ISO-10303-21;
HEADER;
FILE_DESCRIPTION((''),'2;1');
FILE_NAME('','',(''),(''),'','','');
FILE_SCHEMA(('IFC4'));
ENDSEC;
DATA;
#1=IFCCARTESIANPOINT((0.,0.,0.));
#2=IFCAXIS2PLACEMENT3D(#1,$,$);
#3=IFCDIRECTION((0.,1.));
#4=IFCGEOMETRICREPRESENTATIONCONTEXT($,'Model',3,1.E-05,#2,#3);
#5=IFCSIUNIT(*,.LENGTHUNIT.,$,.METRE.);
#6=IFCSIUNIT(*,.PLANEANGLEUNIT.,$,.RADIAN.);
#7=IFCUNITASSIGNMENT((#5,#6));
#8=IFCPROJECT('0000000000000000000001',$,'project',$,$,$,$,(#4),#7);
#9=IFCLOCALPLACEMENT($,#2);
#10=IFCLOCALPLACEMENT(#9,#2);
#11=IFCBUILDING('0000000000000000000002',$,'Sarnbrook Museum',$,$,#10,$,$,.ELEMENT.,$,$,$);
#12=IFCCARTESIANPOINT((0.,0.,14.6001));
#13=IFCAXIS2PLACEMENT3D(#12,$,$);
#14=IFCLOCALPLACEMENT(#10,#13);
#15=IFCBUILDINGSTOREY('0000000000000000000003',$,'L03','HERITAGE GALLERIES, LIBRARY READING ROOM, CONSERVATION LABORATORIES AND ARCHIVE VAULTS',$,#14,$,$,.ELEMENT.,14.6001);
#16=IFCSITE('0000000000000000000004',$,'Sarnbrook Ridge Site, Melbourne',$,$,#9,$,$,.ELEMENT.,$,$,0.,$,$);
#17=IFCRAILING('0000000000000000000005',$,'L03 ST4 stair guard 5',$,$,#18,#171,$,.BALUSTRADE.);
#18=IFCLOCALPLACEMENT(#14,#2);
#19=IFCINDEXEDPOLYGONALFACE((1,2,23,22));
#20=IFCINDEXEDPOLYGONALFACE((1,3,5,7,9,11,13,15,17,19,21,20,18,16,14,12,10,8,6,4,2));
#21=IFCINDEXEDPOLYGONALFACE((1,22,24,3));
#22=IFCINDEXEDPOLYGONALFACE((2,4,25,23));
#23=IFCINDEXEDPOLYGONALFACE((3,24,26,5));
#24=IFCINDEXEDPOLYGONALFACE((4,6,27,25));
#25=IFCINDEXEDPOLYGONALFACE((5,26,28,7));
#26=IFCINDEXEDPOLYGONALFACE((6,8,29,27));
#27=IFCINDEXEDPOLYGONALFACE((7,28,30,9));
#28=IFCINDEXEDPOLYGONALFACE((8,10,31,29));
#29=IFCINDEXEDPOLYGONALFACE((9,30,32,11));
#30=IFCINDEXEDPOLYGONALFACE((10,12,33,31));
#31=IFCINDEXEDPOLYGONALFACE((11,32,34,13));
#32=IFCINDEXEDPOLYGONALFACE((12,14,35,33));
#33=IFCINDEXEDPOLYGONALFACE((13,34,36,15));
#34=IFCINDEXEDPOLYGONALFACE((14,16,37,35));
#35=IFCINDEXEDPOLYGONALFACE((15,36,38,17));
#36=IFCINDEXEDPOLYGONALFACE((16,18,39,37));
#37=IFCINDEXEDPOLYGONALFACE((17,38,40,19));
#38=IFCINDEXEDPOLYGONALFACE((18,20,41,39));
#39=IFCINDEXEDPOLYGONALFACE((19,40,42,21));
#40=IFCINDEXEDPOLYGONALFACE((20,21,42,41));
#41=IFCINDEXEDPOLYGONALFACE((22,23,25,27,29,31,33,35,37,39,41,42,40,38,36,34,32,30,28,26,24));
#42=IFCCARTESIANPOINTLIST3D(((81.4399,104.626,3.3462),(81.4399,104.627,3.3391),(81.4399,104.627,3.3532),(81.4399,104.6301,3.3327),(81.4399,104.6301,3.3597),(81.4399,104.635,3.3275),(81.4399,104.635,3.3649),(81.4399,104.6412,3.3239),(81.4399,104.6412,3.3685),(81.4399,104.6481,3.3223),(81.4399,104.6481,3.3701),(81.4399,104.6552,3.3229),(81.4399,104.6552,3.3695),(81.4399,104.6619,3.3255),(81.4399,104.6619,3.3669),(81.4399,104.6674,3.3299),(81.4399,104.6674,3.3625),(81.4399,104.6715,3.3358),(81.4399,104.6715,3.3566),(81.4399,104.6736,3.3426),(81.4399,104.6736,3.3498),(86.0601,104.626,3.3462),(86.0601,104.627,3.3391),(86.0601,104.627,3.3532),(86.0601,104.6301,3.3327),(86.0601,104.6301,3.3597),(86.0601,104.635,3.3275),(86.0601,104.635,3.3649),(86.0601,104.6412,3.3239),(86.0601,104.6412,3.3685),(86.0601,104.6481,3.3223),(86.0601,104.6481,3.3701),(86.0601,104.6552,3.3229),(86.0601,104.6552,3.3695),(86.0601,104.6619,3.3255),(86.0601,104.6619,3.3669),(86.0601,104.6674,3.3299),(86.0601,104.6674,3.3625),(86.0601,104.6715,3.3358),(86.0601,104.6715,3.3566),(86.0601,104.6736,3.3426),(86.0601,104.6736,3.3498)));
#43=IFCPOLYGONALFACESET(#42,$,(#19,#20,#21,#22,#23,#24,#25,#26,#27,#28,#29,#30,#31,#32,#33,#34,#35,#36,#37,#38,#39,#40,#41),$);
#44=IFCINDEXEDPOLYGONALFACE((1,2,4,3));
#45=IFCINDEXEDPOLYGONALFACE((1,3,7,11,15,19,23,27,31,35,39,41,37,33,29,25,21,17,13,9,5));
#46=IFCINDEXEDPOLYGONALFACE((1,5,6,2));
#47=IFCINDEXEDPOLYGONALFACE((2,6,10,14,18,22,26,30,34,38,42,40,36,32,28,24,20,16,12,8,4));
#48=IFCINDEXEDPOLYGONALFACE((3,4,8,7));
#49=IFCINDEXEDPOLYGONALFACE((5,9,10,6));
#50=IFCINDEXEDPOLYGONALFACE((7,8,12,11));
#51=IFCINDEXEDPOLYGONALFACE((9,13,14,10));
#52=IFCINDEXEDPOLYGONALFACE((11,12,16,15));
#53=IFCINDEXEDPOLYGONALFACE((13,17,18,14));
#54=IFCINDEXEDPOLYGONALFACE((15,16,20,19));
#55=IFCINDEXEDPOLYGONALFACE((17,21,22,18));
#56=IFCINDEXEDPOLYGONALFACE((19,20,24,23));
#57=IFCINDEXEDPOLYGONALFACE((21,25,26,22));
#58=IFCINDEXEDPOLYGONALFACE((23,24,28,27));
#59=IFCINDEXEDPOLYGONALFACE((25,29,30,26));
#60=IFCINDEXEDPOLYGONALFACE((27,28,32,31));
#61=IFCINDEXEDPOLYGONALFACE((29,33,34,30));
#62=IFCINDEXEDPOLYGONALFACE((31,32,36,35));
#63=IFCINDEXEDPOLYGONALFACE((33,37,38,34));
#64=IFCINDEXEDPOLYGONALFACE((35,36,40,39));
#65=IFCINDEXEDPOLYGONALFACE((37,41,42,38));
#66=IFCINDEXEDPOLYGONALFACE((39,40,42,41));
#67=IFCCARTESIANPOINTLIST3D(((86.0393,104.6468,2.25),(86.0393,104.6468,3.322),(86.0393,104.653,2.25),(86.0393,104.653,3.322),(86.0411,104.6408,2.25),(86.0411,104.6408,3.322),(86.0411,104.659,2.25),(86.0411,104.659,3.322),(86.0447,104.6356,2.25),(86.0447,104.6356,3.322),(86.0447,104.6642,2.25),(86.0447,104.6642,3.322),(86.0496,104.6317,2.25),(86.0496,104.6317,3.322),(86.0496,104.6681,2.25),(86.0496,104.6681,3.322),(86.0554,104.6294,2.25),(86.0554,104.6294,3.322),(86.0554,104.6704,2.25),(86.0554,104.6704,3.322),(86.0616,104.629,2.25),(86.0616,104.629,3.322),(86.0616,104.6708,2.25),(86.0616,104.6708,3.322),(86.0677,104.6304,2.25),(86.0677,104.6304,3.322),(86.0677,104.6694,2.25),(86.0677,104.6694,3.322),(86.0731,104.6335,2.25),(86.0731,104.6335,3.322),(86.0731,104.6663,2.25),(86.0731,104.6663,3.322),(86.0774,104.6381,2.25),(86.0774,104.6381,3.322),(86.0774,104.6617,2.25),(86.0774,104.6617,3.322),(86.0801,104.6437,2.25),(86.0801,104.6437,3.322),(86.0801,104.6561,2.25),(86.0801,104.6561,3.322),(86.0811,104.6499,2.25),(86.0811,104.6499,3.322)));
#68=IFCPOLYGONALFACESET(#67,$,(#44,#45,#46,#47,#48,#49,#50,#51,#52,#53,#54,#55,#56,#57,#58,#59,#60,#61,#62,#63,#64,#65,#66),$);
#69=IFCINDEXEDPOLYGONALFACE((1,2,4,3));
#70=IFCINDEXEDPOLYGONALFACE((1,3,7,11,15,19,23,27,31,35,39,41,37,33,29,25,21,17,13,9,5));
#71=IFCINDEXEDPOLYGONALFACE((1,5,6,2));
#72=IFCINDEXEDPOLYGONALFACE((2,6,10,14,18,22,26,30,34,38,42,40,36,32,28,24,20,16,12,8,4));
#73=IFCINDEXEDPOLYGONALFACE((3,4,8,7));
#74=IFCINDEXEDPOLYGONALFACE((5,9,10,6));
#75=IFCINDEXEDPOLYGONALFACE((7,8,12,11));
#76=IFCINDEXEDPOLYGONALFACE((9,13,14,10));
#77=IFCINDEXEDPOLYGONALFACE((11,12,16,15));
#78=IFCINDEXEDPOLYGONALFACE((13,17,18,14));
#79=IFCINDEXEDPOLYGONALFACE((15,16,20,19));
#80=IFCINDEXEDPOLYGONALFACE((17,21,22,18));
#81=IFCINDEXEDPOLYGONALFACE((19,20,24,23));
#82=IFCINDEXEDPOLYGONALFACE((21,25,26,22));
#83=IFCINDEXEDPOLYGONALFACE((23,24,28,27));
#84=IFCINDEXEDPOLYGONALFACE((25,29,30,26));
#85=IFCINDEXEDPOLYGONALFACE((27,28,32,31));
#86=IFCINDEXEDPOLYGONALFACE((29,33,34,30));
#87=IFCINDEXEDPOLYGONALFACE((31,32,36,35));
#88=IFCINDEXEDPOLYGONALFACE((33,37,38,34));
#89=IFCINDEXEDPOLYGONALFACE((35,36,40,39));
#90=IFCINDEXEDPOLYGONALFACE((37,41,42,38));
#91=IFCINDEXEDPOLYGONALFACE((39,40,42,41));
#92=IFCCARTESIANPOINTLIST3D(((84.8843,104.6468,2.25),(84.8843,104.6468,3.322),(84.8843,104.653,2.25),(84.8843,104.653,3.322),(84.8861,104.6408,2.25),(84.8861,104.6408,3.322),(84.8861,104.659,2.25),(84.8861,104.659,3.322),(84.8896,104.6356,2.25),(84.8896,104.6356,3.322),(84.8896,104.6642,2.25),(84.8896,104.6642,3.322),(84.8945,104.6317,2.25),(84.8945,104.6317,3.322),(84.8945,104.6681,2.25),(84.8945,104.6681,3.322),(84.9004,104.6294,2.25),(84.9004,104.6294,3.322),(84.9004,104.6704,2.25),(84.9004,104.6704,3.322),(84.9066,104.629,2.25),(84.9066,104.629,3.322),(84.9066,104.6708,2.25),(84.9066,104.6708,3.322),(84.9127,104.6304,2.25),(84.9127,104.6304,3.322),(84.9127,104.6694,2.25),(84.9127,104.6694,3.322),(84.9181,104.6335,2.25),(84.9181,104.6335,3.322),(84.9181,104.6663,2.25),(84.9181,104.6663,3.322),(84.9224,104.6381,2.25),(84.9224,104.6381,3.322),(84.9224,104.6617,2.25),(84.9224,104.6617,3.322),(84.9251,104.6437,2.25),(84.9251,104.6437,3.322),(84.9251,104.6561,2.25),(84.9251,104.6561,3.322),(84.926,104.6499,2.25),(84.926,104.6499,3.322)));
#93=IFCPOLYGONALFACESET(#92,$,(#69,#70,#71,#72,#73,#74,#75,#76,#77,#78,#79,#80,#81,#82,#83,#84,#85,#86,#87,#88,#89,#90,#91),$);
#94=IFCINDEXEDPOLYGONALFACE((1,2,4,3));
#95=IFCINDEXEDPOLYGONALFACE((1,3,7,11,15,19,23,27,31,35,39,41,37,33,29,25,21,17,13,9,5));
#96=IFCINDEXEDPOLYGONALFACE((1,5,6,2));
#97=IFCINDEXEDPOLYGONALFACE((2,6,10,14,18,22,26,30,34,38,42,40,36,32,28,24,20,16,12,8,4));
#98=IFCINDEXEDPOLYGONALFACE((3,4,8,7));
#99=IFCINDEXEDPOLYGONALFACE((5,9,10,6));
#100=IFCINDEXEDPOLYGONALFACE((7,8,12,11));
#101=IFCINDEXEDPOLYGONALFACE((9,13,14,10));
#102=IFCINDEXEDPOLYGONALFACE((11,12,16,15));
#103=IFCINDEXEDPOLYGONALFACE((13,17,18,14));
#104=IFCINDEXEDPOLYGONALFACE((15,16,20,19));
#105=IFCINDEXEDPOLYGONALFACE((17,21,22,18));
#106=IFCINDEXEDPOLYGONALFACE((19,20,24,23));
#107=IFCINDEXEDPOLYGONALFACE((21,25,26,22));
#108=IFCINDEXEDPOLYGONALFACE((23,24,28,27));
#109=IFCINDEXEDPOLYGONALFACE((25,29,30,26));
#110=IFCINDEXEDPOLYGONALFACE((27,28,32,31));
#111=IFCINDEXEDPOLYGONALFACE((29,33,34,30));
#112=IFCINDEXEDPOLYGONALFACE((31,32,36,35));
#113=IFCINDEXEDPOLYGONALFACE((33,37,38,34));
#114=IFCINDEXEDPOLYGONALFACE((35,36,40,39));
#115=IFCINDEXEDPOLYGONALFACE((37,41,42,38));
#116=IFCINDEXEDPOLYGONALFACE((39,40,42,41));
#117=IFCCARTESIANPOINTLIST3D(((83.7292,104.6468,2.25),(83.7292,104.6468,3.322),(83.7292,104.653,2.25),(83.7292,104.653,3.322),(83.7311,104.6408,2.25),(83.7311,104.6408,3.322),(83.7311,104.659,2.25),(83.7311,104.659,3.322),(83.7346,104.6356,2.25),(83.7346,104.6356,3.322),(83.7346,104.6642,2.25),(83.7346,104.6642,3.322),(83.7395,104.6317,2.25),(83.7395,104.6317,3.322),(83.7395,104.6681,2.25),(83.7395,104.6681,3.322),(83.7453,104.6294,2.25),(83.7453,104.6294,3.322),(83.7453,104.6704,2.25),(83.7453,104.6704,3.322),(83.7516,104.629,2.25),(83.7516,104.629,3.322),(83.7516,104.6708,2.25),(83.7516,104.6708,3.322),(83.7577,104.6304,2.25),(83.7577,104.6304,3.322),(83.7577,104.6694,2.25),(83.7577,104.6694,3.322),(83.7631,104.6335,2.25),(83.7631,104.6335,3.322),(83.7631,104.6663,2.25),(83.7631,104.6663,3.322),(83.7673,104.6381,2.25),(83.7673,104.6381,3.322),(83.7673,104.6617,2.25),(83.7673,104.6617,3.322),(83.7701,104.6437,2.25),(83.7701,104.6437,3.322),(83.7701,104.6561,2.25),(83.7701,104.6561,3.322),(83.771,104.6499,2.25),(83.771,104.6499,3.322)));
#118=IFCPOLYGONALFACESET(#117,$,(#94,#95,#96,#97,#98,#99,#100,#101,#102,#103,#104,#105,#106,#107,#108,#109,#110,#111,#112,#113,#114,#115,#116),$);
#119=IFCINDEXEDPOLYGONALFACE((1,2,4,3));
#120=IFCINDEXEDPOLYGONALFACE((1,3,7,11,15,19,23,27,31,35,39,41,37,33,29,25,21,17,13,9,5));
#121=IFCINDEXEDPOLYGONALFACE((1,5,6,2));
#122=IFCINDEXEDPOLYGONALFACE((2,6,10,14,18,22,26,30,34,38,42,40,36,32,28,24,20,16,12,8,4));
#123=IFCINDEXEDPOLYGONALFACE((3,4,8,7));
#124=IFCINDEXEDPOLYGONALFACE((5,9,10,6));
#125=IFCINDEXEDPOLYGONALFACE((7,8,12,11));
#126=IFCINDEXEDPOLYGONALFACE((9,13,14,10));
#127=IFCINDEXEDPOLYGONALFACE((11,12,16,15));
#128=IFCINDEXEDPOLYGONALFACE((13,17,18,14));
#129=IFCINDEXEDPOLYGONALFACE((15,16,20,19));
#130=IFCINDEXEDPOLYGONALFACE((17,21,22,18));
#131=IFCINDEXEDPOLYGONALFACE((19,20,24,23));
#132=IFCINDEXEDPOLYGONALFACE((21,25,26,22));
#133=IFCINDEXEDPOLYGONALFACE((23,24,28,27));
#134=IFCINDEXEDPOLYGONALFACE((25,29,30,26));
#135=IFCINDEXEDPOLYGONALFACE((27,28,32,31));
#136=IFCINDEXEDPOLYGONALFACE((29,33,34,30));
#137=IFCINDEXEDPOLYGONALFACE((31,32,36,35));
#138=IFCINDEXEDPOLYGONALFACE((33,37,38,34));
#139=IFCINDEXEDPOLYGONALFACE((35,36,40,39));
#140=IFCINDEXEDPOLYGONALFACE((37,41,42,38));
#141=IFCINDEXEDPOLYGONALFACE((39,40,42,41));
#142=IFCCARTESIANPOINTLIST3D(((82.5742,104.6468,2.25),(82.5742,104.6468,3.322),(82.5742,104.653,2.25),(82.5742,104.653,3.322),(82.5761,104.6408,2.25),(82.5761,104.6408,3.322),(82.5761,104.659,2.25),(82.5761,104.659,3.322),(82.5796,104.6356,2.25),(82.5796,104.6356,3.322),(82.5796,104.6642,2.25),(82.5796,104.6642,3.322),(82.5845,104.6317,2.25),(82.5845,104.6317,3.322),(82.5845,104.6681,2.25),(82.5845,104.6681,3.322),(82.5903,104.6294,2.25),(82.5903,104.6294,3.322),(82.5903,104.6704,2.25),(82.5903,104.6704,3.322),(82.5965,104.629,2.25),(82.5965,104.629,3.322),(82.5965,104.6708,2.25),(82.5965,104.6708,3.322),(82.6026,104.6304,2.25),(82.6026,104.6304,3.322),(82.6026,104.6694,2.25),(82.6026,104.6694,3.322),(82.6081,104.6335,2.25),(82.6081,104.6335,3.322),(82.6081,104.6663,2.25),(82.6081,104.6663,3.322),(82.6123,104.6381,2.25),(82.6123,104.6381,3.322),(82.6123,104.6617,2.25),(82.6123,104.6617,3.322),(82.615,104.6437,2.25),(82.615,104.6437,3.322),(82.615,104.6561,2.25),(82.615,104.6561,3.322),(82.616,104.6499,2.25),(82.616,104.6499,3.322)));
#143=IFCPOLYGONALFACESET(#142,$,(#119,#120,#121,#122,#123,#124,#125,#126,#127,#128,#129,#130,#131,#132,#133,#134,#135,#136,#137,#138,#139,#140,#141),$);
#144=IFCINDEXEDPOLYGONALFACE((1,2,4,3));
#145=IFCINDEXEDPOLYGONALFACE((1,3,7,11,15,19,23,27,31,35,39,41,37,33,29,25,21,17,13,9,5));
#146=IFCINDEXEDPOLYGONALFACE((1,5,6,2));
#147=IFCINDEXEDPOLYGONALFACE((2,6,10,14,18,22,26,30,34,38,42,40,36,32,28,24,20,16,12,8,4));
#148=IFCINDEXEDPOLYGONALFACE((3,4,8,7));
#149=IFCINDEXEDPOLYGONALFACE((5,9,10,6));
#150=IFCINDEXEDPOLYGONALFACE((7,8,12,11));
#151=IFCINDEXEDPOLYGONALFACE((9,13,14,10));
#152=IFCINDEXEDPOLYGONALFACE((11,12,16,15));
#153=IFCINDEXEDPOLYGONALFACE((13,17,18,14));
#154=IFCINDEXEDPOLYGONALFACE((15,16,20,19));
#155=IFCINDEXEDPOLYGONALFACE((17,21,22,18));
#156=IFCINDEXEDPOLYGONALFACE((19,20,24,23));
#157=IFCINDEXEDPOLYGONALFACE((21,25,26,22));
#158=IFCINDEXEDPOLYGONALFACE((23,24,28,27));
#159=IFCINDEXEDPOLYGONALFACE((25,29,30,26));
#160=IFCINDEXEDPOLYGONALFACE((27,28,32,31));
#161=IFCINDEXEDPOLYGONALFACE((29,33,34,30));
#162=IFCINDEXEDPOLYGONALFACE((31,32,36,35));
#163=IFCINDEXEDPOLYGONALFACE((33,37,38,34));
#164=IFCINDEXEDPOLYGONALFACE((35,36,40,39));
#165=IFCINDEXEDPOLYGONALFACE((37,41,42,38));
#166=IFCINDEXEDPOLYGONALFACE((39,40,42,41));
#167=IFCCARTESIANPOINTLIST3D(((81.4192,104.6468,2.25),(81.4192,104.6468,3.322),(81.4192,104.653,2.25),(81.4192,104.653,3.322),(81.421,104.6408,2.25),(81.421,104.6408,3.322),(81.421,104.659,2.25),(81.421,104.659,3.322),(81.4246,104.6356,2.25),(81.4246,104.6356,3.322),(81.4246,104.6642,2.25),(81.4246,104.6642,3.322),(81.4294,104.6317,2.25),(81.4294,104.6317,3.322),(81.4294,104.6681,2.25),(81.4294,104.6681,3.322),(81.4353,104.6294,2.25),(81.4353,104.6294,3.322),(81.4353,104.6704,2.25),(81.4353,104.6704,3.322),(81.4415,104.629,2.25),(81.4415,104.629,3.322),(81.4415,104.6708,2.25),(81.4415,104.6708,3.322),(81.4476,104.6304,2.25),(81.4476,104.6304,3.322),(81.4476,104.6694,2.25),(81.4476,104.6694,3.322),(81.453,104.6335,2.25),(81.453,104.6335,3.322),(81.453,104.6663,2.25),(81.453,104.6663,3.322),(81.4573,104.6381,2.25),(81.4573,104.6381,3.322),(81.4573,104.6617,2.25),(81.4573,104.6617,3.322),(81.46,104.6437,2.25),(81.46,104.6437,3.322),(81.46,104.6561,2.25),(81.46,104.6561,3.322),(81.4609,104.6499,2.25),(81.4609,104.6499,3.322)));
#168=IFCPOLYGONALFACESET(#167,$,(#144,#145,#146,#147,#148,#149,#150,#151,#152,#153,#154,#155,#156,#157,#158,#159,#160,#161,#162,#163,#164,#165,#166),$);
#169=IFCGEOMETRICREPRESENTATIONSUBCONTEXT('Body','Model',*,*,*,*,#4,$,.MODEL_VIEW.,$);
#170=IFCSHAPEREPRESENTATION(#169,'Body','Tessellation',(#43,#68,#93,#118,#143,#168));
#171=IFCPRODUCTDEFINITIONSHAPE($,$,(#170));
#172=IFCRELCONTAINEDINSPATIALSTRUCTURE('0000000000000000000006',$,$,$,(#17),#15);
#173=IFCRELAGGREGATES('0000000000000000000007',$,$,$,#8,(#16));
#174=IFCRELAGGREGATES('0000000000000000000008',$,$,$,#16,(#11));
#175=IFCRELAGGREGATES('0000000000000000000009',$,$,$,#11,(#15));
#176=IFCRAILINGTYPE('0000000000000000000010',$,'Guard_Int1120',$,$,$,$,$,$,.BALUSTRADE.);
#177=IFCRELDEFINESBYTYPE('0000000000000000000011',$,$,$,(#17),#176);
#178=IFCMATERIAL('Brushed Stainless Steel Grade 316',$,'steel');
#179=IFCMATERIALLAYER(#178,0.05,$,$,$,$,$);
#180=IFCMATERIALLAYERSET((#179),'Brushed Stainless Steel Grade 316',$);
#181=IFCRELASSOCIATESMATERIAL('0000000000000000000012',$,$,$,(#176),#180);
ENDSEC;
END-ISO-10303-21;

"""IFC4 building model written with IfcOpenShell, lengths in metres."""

from ifc_helpers import new_model, si_unit, direction, frame, origin, origin_2d, place, context, subcontext, project, spatial, circle, extrude, material, layer, layer_set, type_object, element, save


model = new_model("IFC4")

# Units and contexts
model_context = context("Model", 3, precision=1e-05, world=origin(), true_north=direction((0.0, 1.0)))
body_context = subcontext(model_context, "Body", "Model", "MODEL_VIEW")
ifc_project = project(units=[si_unit("LENGTHUNIT", "METRE"), si_unit("PLANEANGLEUNIT", "RADIAN")], contexts=[model_context])

# Site, building, storey
site_placement = place(None, origin())
site = spatial("IfcSite", under=ifc_project, at=site_placement, Name="Sarnbrook Ridge Site, Melbourne", CompositionType="ELEMENT", RefElevation=0.0)
building_placement = place(site_placement, origin())
building = spatial("IfcBuilding", under=site, at=building_placement, Name="Sarnbrook Museum", CompositionType="ELEMENT")
storey_placement = place(building_placement, frame((0.0, 0.0, 14.6001)))
storey = spatial("IfcBuildingStorey", under=building, at=storey_placement, Name="L03", Description="HERITAGE GALLERIES, LIBRARY READING ROOM, CONSERVATION LABORATORIES AND ARCHIVE VAULTS", CompositionType="ELEMENT", Elevation=14.6001)

# Shared definitions
ifc_material_1 = material(Name="Brushed Stainless Steel Grade 316", Category="steel")

# Railing
ifc_layer_1 = layer(ifc_material_1, 0.05)
ifc_layer_set_1 = layer_set([ifc_layer_1], Name="Brushed Stainless Steel Grade 316")
railing_type_1 = type_object("IfcRailingType", Name="Guard_Int1120", PredefinedType="BALUSTRADE", material=ifc_layer_set_1)
railing_1_placement = place(storey_placement, frame((86.0601, 104.6499, 2.25)))
element("IfcRailing", 1, at=railing_1_placement, inside=storey, type_object=railing_type_1, Name="L03 ST4 stair guard 5", PredefinedType="BALUSTRADE", context=body_context, shape_type="SweptSolid", body=[
    extrude(circle(Radius=0.0239, at=origin_2d()), frame((0.0, 0.0, 1.0962), z_axis=(-1.0, 0.0, 0.0), x_axis=(0.0, -1.0, 0.0)), (0.0, 0.0, 1.0), 4.6201),
    extrude(circle(Radius=0.021, at=origin_2d()), origin(), (0.0, 0.0, 1.0), 1.072),
    extrude(circle(Radius=0.021, at=origin_2d()), frame((-1.155, 0.0, 0.0)), (0.0, 0.0, 1.0), 1.072),
    extrude(circle(Radius=0.021, at=origin_2d()), frame((-2.3101, 0.0, 0.0)), (0.0, 0.0, 1.0), 1.072),
    extrude(circle(Radius=0.021, at=origin_2d()), frame((-3.4651, 0.0, 0.0)), (0.0, 0.0, 1.0), 1.072),
    extrude(circle(Radius=0.021, at=origin_2d()), frame((-4.6201, 0.0, 0.0)), (0.0, 0.0, 1.0), 1.072),
])

save(model, "model.ifc")
